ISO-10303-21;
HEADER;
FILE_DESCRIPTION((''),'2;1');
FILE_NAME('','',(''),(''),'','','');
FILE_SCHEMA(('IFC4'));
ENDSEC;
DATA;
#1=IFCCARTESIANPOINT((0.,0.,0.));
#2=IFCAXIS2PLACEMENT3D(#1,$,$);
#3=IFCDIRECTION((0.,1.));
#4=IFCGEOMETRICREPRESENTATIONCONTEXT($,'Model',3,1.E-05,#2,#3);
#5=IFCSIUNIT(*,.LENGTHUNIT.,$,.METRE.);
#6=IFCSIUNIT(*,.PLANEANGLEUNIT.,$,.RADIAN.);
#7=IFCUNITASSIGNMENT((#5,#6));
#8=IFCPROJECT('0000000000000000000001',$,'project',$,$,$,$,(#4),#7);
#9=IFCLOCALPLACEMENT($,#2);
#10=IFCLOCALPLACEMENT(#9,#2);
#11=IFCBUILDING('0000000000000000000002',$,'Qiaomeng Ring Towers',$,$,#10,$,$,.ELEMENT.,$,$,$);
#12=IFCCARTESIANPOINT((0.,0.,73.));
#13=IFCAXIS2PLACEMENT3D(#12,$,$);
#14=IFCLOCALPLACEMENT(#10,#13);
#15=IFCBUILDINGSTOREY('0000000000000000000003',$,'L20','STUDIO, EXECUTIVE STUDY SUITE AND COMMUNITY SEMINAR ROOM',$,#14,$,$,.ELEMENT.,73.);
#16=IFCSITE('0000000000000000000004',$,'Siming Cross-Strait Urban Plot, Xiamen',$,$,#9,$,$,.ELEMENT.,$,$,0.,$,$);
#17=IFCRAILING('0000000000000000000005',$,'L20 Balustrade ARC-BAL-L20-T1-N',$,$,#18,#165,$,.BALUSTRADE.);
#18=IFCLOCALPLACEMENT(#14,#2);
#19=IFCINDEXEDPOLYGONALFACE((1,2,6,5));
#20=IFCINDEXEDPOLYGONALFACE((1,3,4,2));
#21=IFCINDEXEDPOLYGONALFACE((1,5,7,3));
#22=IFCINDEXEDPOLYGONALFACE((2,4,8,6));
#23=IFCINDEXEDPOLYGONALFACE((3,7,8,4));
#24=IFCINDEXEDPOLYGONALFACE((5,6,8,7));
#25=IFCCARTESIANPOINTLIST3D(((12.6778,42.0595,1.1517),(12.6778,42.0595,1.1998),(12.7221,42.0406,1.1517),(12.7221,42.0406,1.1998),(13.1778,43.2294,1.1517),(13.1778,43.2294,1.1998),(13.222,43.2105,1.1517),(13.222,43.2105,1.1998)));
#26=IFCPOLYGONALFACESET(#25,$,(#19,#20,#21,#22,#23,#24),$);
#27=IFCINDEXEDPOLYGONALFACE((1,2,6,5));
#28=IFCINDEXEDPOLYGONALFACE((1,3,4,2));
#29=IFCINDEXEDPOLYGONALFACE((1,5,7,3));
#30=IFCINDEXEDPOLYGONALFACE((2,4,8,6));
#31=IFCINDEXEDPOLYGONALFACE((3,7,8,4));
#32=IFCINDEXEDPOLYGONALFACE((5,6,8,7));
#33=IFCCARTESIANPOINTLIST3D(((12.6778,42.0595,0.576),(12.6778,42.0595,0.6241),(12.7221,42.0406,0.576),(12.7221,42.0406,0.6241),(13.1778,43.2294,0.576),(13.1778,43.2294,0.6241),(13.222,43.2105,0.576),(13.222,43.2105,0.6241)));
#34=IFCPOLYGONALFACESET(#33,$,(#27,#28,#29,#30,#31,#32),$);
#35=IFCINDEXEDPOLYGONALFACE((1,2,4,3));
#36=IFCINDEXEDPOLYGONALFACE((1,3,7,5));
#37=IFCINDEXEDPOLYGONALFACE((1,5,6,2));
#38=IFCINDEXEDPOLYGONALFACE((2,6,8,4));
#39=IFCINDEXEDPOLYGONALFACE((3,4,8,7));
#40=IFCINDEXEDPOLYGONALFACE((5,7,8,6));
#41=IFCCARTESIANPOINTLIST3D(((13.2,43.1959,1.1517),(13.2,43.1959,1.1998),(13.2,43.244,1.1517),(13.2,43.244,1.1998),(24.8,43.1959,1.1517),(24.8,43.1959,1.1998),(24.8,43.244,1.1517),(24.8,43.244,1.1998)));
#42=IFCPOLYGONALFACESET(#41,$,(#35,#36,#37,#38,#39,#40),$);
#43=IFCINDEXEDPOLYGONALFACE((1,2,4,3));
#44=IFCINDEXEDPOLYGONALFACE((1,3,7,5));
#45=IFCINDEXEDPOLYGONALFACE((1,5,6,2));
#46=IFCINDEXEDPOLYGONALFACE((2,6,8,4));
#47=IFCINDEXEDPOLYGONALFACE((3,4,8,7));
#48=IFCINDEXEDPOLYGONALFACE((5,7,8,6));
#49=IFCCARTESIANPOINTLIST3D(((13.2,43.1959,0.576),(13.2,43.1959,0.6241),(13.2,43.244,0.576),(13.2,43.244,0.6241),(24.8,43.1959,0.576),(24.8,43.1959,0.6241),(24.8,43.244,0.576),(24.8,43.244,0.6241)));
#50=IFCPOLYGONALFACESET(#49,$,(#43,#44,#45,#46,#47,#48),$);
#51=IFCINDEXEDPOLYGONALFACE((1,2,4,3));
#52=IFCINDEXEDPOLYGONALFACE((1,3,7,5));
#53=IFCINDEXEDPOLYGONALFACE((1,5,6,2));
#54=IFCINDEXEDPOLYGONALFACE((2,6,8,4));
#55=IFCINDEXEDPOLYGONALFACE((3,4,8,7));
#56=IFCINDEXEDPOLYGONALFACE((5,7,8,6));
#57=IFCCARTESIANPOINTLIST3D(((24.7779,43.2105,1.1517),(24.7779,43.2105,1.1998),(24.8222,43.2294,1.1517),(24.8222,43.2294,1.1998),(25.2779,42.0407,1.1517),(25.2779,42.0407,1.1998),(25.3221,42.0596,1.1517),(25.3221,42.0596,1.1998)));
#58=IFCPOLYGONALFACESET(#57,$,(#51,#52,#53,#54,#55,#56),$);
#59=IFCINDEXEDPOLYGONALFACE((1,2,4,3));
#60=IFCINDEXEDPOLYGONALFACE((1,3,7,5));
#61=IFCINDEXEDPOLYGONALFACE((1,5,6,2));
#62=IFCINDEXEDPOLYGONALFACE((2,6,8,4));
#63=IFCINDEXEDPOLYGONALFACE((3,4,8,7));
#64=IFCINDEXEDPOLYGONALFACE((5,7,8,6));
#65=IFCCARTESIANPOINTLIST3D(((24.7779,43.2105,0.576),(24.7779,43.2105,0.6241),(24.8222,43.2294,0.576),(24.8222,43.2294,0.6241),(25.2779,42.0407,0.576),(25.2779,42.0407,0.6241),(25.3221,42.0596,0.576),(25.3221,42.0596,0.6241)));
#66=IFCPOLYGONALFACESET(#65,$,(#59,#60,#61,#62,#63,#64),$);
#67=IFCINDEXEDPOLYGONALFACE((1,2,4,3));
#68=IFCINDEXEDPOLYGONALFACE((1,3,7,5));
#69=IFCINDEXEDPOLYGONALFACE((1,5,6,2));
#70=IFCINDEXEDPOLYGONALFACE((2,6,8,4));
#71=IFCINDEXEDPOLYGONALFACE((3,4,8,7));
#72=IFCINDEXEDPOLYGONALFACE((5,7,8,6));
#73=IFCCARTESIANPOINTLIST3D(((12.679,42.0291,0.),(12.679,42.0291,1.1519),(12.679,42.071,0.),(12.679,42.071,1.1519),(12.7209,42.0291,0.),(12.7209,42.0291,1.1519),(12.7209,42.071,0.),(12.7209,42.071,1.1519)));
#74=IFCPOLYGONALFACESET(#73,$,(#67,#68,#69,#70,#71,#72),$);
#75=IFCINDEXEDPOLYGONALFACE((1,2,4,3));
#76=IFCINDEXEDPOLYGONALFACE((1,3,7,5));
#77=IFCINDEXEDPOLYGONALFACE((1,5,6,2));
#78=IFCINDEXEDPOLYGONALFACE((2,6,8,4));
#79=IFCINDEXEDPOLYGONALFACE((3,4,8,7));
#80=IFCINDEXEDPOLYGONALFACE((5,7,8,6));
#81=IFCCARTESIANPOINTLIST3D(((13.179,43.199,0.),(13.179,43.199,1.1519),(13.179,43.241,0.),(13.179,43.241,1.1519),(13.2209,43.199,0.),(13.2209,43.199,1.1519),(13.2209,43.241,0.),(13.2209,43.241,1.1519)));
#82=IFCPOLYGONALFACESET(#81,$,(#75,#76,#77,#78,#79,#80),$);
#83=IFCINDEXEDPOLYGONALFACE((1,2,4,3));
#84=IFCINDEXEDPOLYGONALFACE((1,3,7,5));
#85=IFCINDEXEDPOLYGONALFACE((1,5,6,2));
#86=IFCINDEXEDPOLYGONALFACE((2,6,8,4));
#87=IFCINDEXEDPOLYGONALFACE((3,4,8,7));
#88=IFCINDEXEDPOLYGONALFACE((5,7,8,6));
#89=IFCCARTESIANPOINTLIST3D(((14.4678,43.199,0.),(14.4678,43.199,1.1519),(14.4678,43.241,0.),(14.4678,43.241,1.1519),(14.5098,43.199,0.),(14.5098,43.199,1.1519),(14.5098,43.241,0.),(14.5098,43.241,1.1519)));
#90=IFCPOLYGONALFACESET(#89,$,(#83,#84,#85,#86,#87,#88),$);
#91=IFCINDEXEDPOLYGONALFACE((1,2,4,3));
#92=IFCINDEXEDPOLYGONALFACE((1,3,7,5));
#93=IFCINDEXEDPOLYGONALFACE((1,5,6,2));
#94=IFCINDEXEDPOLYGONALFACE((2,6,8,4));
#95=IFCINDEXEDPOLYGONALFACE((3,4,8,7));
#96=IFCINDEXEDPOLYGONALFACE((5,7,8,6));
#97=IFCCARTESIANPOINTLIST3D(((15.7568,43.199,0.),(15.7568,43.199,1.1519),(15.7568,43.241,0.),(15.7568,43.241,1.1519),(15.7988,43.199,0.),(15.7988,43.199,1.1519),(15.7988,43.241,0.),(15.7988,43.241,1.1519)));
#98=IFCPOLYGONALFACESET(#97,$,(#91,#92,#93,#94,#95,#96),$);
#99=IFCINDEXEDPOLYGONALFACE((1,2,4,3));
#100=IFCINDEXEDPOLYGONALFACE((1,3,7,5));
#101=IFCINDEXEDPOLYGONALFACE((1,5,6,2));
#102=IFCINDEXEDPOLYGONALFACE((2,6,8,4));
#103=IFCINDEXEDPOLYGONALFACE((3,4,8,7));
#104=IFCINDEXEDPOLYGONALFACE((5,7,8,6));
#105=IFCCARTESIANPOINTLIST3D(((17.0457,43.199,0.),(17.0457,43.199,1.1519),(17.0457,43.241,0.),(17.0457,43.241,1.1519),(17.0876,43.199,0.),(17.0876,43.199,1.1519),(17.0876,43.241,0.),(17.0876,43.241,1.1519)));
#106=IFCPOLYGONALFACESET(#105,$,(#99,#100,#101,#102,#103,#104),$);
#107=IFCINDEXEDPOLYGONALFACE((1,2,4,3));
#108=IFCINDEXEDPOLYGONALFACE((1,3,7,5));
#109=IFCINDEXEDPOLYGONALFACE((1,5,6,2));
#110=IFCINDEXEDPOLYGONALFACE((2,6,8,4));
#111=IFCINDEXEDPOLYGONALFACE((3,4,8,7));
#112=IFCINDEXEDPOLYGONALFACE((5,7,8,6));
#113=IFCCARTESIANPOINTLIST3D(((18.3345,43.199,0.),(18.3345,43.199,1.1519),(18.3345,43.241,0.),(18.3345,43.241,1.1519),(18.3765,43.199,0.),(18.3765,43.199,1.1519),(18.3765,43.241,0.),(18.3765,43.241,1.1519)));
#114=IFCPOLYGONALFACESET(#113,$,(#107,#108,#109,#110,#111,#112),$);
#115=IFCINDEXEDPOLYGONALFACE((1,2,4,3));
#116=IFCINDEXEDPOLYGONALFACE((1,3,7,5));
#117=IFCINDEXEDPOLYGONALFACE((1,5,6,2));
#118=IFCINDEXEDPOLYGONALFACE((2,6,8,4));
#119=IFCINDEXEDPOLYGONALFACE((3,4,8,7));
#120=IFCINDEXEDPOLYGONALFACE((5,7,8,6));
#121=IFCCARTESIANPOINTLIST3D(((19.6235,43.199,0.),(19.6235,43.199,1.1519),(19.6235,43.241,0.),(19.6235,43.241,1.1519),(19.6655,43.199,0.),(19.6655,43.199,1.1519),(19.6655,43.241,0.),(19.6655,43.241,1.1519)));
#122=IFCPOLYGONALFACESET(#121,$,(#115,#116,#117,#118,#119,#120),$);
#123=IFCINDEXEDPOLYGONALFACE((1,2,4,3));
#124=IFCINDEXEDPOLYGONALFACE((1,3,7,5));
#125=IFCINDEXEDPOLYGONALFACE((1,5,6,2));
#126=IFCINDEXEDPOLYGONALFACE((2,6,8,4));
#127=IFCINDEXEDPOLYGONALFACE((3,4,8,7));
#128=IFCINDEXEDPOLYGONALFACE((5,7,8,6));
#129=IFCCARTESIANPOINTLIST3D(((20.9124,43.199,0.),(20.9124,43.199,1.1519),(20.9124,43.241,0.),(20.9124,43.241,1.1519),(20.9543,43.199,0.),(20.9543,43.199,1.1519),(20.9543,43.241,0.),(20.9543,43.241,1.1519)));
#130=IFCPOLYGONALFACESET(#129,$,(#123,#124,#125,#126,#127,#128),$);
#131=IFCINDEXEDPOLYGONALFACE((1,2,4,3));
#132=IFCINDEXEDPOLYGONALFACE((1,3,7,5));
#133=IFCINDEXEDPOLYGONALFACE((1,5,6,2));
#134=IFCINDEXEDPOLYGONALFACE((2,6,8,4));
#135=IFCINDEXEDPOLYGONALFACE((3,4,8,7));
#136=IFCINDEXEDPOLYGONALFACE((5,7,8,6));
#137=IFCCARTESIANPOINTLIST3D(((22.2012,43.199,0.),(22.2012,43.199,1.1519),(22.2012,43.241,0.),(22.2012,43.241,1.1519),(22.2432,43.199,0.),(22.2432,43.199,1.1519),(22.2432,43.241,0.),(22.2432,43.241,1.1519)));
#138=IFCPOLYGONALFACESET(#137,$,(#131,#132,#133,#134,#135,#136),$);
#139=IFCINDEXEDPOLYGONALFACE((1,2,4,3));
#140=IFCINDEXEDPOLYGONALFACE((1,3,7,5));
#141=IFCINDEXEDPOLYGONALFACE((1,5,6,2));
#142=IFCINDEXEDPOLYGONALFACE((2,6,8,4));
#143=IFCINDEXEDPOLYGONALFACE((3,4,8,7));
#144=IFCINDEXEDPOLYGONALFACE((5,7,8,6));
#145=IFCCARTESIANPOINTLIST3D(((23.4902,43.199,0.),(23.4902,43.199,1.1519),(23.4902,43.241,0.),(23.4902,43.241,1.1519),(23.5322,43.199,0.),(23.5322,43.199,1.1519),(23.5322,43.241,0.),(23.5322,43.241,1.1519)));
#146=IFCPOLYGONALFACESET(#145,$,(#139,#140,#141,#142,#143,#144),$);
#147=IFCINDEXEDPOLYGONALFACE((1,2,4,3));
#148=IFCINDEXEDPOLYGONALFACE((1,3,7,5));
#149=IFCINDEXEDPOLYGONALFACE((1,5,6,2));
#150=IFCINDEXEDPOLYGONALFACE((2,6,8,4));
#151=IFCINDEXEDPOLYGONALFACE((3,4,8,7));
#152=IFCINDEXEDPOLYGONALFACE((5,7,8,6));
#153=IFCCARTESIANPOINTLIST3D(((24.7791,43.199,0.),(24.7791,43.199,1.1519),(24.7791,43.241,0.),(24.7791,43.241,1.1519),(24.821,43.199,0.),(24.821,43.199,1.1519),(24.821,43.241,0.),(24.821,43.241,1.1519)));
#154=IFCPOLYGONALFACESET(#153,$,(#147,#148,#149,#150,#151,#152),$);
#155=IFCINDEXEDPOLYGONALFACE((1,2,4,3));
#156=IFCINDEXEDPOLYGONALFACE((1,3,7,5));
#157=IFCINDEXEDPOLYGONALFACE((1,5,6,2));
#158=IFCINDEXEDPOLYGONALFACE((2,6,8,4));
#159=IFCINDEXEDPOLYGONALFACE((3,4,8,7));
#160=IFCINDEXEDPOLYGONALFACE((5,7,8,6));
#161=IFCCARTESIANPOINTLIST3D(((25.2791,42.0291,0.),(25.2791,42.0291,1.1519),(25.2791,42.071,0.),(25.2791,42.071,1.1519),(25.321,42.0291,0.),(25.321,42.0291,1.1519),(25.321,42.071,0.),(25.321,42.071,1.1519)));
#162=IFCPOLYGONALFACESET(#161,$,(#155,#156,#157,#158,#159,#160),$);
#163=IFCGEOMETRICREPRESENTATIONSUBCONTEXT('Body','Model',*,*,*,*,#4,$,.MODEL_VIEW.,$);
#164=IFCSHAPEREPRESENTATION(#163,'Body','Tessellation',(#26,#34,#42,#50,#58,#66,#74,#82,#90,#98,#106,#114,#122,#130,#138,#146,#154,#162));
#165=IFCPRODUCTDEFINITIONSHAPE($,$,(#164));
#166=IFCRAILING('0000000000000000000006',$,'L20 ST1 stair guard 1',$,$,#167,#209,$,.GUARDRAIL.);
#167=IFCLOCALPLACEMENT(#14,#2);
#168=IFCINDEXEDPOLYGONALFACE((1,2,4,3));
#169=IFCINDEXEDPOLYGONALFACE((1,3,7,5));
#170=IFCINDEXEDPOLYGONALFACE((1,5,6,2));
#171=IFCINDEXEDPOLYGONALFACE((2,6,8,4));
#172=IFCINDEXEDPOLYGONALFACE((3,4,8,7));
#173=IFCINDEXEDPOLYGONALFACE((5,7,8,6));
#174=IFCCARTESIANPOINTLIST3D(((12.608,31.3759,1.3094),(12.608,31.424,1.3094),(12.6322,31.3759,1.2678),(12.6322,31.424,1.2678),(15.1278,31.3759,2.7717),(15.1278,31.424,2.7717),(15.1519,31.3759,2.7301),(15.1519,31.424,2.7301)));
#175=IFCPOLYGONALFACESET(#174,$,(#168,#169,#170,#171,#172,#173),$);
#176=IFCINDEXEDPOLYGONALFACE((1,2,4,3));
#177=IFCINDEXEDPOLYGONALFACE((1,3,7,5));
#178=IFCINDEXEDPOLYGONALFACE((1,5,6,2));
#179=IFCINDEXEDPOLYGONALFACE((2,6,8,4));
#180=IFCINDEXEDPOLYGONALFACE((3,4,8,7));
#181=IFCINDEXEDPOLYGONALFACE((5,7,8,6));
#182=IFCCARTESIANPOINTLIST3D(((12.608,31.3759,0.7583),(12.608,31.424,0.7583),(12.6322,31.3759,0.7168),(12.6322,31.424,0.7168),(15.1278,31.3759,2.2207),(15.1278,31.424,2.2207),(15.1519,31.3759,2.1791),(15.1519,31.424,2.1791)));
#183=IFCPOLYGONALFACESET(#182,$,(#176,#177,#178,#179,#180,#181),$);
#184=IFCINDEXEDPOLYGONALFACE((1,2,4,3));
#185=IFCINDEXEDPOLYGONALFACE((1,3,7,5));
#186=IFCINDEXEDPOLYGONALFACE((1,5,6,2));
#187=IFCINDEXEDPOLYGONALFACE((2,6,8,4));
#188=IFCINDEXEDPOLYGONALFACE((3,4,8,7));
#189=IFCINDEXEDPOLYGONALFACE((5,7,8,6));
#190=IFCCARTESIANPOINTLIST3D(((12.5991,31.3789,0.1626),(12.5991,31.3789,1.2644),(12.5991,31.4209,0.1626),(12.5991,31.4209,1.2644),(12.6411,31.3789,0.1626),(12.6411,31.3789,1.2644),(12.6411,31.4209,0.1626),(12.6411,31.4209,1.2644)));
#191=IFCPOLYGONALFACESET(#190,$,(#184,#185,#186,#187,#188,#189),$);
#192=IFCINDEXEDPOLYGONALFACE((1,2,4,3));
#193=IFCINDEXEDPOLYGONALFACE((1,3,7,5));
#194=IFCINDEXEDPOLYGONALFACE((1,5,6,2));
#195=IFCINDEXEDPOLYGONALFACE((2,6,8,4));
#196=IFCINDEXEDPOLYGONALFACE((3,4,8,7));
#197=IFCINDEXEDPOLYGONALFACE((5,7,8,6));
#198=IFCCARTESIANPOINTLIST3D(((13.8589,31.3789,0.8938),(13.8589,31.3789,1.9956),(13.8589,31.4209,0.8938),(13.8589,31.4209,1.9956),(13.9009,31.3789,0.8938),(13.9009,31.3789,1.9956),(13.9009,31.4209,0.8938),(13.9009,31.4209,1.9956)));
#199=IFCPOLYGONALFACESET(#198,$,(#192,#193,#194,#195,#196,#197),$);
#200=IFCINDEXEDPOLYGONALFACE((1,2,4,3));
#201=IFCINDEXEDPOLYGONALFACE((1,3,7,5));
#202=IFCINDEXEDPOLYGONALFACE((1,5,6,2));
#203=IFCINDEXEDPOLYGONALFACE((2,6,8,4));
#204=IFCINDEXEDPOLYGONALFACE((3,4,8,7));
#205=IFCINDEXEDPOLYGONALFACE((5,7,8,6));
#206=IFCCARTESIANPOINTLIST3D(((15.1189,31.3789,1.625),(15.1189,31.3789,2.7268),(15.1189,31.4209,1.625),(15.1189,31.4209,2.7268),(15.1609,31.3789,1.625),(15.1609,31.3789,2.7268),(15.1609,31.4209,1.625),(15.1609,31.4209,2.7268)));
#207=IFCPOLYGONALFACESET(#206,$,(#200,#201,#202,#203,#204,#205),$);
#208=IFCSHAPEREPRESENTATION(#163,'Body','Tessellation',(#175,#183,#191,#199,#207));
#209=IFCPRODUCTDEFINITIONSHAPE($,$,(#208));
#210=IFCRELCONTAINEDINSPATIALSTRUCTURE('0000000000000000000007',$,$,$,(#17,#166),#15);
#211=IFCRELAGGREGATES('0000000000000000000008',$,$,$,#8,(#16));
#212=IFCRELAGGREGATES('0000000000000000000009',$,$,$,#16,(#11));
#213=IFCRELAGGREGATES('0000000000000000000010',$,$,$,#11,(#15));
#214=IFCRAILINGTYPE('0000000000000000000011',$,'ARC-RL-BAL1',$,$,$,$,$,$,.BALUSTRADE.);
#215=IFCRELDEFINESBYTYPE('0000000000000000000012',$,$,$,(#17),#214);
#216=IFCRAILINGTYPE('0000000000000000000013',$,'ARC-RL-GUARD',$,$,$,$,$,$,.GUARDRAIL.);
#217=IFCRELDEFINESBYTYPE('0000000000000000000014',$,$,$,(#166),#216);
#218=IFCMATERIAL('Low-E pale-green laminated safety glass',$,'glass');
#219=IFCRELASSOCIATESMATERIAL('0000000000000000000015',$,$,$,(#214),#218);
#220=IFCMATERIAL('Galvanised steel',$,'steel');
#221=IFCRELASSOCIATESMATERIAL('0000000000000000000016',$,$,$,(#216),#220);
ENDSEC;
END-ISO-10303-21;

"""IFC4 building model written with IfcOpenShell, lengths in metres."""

from ifc_helpers import new_model, si_unit, direction, frame, origin, origin_2d, place, context, subcontext, project, spatial, rectangle, extrude, material, type_object, element, save


model = new_model("IFC4")

# Units and contexts
model_context = context("Model", 3, precision=1e-05, world=origin(), true_north=direction((0.0, 1.0)))
body_context = subcontext(model_context, "Body", "Model", "MODEL_VIEW")
ifc_project = project(units=[si_unit("LENGTHUNIT", "METRE"), si_unit("PLANEANGLEUNIT", "RADIAN")], contexts=[model_context])

# Site, building, storey
site_placement = place(None, origin())
site = spatial("IfcSite", under=ifc_project, at=site_placement, Name="Siming Cross-Strait Urban Plot, Xiamen", CompositionType="ELEMENT", RefElevation=0.0)
building_placement = place(site_placement, origin())
building = spatial("IfcBuilding", under=site, at=building_placement, Name="Qiaomeng Ring Towers", CompositionType="ELEMENT")
storey_placement = place(building_placement, frame((0.0, 0.0, 73.0)))
storey = spatial("IfcBuildingStorey", under=building, at=storey_placement, Name="L20", Description="STUDIO, EXECUTIVE STUDY SUITE AND COMMUNITY SEMINAR ROOM", CompositionType="ELEMENT", Elevation=73.0)

# Shared definitions
ifc_material_1 = material(Name="Galvanised steel", Category="steel")

# Railings
ifc_material_2 = material(Name="Low-E pale-green laminated safety glass", Category="glass")
railing_type_1 = type_object("IfcRailingType", Name="ARC-RL-BAL1", PredefinedType="BALUSTRADE", material=ifc_material_2)
railing_1_placement = place(storey_placement, frame((12.7, 42.05, 0.0)))
element("IfcRailing", 1, at=railing_1_placement, inside=storey, type_object=railing_type_1, Name="L20 Balustrade ARC-BAL-L20-T1-N", PredefinedType="BALUSTRADE", context=body_context, shape_type="SweptSolid", body=[
    extrude(rectangle(XDim=0.0481, YDim=0.0481, at=origin_2d()), frame((0.0, 0.0, 1.1758), z_axis=(0.392993, 0.919542, 0.0), x_axis=(-0.919542, 0.392993, 0.0)), (0.0, 0.0, 1.0), 1.2722),
    extrude(rectangle(XDim=0.0481, YDim=0.0481, at=origin_2d()), frame((0.0, 0.0, 0.6001), z_axis=(0.392993, 0.919542, 0.0), x_axis=(-0.919542, 0.392993, 0.0)), (0.0, 0.0, 1.0), 1.2722),
    extrude(rectangle(XDim=0.0481, YDim=0.0481, at=origin_2d()), frame((0.5, 1.1699, 1.1758), z_axis=(1.0, 0.0, 0.0), x_axis=(0.0, 1.0, 0.0)), (0.0, 0.0, 1.0), 11.6001),
    extrude(rectangle(XDim=0.0481, YDim=0.0481, at=origin_2d()), frame((0.5, 1.1699, 0.6001), z_axis=(1.0, 0.0, 0.0), x_axis=(0.0, 1.0, 0.0)), (0.0, 0.0, 1.0), 11.6001),
    extrude(rectangle(XDim=0.0481, YDim=0.0481, at=origin_2d()), frame((12.1001, 1.1699, 1.1758), z_axis=(0.392993, -0.919542, 0.0), x_axis=(0.919542, 0.392993, 0.0)), (0.0, 0.0, 1.0), 1.2722),
    extrude(rectangle(XDim=0.0481, YDim=0.0481, at=origin_2d()), frame((12.1001, 1.1699, 0.6001), z_axis=(0.392993, -0.919542, 0.0), x_axis=(0.919542, 0.392993, 0.0)), (0.0, 0.0, 1.0), 1.2722),
    extrude(rectangle(XDim=0.042, YDim=0.042, at=origin_2d()), origin(), (0.0, 0.0, 1.0), 1.1519),
    extrude(rectangle(XDim=0.042, YDim=0.042, at=origin_2d()), frame((0.5, 1.1699, 0.0)), (0.0, 0.0, 1.0), 1.1519),
    extrude(rectangle(XDim=0.042, YDim=0.042, at=origin_2d()), frame((1.7888, 1.1699, 0.0)), (0.0, 0.0, 1.0), 1.1519),
    extrude(rectangle(XDim=0.042, YDim=0.042, at=origin_2d()), frame((3.0779, 1.1699, 0.0)), (0.0, 0.0, 1.0), 1.1519),
    extrude(rectangle(XDim=0.042, YDim=0.042, at=origin_2d()), frame((4.3667, 1.1699, 0.0)), (0.0, 0.0, 1.0), 1.1519),
    extrude(rectangle(XDim=0.042, YDim=0.042, at=origin_2d()), frame((5.6555, 1.1699, 0.0)), (0.0, 0.0, 1.0), 1.1519),
    extrude(rectangle(XDim=0.042, YDim=0.042, at=origin_2d()), frame((6.9446, 1.1699, 0.0)), (0.0, 0.0, 1.0), 1.1519),
    extrude(rectangle(XDim=0.042, YDim=0.042, at=origin_2d()), frame((8.2334, 1.1699, 0.0)), (0.0, 0.0, 1.0), 1.1519),
    extrude(rectangle(XDim=0.042, YDim=0.042, at=origin_2d()), frame((9.5222, 1.1699, 0.0)), (0.0, 0.0, 1.0), 1.1519),
    extrude(rectangle(XDim=0.042, YDim=0.042, at=origin_2d()), frame((10.8113, 1.1699, 0.0)), (0.0, 0.0, 1.0), 1.1519),
    extrude(rectangle(XDim=0.042, YDim=0.042, at=origin_2d()), frame((12.1001, 1.1699, 0.0)), (0.0, 0.0, 1.0), 1.1519),
    extrude(rectangle(XDim=0.042, YDim=0.042, at=origin_2d()), frame((12.6001, 0.0, 0.0)), (0.0, 0.0, 1.0), 1.1519),
])
railing_type_2 = type_object("IfcRailingType", Name="ARC-RL-GUARD", PredefinedType="GUARDRAIL", material=ifc_material_1)
railing_2_placement = place(storey_placement, frame((12.6201, 31.3999, 0.1626)))
element("IfcRailing", 2, at=railing_2_placement, inside=storey, type_object=railing_type_2, Name="L20 ST1 stair guard 1", PredefinedType="GUARDRAIL", context=body_context, shape_type="SweptSolid", body=[
    extrude(rectangle(XDim=0.0481, YDim=0.0481, at=origin_2d()), frame((0.0, 0.0, 1.126), z_axis=(0.864892, 0.0, 0.501958), x_axis=(0.0, 1.0, 0.0)), (0.0, 0.0, 1.0), 2.9133),
    extrude(rectangle(XDim=0.0481, YDim=0.0481, at=origin_2d()), frame((0.0, 0.0, 0.575), z_axis=(0.864892, 0.0, 0.501958), x_axis=(0.0, 1.0, 0.0)), (0.0, 0.0, 1.0), 2.9133),
    extrude(rectangle(XDim=0.042, YDim=0.042, at=origin_2d()), origin(), (0.0, 0.0, 1.0), 1.1018),
    extrude(rectangle(XDim=0.042, YDim=0.042, at=origin_2d()), frame((1.2598, 0.0, 0.7312)), (0.0, 0.0, 1.0), 1.1018),
    extrude(rectangle(XDim=0.042, YDim=0.042, at=origin_2d()), frame((2.5198, 0.0, 1.4624)), (0.0, 0.0, 1.0), 1.1018),
])

save(model, "model.ifc")
